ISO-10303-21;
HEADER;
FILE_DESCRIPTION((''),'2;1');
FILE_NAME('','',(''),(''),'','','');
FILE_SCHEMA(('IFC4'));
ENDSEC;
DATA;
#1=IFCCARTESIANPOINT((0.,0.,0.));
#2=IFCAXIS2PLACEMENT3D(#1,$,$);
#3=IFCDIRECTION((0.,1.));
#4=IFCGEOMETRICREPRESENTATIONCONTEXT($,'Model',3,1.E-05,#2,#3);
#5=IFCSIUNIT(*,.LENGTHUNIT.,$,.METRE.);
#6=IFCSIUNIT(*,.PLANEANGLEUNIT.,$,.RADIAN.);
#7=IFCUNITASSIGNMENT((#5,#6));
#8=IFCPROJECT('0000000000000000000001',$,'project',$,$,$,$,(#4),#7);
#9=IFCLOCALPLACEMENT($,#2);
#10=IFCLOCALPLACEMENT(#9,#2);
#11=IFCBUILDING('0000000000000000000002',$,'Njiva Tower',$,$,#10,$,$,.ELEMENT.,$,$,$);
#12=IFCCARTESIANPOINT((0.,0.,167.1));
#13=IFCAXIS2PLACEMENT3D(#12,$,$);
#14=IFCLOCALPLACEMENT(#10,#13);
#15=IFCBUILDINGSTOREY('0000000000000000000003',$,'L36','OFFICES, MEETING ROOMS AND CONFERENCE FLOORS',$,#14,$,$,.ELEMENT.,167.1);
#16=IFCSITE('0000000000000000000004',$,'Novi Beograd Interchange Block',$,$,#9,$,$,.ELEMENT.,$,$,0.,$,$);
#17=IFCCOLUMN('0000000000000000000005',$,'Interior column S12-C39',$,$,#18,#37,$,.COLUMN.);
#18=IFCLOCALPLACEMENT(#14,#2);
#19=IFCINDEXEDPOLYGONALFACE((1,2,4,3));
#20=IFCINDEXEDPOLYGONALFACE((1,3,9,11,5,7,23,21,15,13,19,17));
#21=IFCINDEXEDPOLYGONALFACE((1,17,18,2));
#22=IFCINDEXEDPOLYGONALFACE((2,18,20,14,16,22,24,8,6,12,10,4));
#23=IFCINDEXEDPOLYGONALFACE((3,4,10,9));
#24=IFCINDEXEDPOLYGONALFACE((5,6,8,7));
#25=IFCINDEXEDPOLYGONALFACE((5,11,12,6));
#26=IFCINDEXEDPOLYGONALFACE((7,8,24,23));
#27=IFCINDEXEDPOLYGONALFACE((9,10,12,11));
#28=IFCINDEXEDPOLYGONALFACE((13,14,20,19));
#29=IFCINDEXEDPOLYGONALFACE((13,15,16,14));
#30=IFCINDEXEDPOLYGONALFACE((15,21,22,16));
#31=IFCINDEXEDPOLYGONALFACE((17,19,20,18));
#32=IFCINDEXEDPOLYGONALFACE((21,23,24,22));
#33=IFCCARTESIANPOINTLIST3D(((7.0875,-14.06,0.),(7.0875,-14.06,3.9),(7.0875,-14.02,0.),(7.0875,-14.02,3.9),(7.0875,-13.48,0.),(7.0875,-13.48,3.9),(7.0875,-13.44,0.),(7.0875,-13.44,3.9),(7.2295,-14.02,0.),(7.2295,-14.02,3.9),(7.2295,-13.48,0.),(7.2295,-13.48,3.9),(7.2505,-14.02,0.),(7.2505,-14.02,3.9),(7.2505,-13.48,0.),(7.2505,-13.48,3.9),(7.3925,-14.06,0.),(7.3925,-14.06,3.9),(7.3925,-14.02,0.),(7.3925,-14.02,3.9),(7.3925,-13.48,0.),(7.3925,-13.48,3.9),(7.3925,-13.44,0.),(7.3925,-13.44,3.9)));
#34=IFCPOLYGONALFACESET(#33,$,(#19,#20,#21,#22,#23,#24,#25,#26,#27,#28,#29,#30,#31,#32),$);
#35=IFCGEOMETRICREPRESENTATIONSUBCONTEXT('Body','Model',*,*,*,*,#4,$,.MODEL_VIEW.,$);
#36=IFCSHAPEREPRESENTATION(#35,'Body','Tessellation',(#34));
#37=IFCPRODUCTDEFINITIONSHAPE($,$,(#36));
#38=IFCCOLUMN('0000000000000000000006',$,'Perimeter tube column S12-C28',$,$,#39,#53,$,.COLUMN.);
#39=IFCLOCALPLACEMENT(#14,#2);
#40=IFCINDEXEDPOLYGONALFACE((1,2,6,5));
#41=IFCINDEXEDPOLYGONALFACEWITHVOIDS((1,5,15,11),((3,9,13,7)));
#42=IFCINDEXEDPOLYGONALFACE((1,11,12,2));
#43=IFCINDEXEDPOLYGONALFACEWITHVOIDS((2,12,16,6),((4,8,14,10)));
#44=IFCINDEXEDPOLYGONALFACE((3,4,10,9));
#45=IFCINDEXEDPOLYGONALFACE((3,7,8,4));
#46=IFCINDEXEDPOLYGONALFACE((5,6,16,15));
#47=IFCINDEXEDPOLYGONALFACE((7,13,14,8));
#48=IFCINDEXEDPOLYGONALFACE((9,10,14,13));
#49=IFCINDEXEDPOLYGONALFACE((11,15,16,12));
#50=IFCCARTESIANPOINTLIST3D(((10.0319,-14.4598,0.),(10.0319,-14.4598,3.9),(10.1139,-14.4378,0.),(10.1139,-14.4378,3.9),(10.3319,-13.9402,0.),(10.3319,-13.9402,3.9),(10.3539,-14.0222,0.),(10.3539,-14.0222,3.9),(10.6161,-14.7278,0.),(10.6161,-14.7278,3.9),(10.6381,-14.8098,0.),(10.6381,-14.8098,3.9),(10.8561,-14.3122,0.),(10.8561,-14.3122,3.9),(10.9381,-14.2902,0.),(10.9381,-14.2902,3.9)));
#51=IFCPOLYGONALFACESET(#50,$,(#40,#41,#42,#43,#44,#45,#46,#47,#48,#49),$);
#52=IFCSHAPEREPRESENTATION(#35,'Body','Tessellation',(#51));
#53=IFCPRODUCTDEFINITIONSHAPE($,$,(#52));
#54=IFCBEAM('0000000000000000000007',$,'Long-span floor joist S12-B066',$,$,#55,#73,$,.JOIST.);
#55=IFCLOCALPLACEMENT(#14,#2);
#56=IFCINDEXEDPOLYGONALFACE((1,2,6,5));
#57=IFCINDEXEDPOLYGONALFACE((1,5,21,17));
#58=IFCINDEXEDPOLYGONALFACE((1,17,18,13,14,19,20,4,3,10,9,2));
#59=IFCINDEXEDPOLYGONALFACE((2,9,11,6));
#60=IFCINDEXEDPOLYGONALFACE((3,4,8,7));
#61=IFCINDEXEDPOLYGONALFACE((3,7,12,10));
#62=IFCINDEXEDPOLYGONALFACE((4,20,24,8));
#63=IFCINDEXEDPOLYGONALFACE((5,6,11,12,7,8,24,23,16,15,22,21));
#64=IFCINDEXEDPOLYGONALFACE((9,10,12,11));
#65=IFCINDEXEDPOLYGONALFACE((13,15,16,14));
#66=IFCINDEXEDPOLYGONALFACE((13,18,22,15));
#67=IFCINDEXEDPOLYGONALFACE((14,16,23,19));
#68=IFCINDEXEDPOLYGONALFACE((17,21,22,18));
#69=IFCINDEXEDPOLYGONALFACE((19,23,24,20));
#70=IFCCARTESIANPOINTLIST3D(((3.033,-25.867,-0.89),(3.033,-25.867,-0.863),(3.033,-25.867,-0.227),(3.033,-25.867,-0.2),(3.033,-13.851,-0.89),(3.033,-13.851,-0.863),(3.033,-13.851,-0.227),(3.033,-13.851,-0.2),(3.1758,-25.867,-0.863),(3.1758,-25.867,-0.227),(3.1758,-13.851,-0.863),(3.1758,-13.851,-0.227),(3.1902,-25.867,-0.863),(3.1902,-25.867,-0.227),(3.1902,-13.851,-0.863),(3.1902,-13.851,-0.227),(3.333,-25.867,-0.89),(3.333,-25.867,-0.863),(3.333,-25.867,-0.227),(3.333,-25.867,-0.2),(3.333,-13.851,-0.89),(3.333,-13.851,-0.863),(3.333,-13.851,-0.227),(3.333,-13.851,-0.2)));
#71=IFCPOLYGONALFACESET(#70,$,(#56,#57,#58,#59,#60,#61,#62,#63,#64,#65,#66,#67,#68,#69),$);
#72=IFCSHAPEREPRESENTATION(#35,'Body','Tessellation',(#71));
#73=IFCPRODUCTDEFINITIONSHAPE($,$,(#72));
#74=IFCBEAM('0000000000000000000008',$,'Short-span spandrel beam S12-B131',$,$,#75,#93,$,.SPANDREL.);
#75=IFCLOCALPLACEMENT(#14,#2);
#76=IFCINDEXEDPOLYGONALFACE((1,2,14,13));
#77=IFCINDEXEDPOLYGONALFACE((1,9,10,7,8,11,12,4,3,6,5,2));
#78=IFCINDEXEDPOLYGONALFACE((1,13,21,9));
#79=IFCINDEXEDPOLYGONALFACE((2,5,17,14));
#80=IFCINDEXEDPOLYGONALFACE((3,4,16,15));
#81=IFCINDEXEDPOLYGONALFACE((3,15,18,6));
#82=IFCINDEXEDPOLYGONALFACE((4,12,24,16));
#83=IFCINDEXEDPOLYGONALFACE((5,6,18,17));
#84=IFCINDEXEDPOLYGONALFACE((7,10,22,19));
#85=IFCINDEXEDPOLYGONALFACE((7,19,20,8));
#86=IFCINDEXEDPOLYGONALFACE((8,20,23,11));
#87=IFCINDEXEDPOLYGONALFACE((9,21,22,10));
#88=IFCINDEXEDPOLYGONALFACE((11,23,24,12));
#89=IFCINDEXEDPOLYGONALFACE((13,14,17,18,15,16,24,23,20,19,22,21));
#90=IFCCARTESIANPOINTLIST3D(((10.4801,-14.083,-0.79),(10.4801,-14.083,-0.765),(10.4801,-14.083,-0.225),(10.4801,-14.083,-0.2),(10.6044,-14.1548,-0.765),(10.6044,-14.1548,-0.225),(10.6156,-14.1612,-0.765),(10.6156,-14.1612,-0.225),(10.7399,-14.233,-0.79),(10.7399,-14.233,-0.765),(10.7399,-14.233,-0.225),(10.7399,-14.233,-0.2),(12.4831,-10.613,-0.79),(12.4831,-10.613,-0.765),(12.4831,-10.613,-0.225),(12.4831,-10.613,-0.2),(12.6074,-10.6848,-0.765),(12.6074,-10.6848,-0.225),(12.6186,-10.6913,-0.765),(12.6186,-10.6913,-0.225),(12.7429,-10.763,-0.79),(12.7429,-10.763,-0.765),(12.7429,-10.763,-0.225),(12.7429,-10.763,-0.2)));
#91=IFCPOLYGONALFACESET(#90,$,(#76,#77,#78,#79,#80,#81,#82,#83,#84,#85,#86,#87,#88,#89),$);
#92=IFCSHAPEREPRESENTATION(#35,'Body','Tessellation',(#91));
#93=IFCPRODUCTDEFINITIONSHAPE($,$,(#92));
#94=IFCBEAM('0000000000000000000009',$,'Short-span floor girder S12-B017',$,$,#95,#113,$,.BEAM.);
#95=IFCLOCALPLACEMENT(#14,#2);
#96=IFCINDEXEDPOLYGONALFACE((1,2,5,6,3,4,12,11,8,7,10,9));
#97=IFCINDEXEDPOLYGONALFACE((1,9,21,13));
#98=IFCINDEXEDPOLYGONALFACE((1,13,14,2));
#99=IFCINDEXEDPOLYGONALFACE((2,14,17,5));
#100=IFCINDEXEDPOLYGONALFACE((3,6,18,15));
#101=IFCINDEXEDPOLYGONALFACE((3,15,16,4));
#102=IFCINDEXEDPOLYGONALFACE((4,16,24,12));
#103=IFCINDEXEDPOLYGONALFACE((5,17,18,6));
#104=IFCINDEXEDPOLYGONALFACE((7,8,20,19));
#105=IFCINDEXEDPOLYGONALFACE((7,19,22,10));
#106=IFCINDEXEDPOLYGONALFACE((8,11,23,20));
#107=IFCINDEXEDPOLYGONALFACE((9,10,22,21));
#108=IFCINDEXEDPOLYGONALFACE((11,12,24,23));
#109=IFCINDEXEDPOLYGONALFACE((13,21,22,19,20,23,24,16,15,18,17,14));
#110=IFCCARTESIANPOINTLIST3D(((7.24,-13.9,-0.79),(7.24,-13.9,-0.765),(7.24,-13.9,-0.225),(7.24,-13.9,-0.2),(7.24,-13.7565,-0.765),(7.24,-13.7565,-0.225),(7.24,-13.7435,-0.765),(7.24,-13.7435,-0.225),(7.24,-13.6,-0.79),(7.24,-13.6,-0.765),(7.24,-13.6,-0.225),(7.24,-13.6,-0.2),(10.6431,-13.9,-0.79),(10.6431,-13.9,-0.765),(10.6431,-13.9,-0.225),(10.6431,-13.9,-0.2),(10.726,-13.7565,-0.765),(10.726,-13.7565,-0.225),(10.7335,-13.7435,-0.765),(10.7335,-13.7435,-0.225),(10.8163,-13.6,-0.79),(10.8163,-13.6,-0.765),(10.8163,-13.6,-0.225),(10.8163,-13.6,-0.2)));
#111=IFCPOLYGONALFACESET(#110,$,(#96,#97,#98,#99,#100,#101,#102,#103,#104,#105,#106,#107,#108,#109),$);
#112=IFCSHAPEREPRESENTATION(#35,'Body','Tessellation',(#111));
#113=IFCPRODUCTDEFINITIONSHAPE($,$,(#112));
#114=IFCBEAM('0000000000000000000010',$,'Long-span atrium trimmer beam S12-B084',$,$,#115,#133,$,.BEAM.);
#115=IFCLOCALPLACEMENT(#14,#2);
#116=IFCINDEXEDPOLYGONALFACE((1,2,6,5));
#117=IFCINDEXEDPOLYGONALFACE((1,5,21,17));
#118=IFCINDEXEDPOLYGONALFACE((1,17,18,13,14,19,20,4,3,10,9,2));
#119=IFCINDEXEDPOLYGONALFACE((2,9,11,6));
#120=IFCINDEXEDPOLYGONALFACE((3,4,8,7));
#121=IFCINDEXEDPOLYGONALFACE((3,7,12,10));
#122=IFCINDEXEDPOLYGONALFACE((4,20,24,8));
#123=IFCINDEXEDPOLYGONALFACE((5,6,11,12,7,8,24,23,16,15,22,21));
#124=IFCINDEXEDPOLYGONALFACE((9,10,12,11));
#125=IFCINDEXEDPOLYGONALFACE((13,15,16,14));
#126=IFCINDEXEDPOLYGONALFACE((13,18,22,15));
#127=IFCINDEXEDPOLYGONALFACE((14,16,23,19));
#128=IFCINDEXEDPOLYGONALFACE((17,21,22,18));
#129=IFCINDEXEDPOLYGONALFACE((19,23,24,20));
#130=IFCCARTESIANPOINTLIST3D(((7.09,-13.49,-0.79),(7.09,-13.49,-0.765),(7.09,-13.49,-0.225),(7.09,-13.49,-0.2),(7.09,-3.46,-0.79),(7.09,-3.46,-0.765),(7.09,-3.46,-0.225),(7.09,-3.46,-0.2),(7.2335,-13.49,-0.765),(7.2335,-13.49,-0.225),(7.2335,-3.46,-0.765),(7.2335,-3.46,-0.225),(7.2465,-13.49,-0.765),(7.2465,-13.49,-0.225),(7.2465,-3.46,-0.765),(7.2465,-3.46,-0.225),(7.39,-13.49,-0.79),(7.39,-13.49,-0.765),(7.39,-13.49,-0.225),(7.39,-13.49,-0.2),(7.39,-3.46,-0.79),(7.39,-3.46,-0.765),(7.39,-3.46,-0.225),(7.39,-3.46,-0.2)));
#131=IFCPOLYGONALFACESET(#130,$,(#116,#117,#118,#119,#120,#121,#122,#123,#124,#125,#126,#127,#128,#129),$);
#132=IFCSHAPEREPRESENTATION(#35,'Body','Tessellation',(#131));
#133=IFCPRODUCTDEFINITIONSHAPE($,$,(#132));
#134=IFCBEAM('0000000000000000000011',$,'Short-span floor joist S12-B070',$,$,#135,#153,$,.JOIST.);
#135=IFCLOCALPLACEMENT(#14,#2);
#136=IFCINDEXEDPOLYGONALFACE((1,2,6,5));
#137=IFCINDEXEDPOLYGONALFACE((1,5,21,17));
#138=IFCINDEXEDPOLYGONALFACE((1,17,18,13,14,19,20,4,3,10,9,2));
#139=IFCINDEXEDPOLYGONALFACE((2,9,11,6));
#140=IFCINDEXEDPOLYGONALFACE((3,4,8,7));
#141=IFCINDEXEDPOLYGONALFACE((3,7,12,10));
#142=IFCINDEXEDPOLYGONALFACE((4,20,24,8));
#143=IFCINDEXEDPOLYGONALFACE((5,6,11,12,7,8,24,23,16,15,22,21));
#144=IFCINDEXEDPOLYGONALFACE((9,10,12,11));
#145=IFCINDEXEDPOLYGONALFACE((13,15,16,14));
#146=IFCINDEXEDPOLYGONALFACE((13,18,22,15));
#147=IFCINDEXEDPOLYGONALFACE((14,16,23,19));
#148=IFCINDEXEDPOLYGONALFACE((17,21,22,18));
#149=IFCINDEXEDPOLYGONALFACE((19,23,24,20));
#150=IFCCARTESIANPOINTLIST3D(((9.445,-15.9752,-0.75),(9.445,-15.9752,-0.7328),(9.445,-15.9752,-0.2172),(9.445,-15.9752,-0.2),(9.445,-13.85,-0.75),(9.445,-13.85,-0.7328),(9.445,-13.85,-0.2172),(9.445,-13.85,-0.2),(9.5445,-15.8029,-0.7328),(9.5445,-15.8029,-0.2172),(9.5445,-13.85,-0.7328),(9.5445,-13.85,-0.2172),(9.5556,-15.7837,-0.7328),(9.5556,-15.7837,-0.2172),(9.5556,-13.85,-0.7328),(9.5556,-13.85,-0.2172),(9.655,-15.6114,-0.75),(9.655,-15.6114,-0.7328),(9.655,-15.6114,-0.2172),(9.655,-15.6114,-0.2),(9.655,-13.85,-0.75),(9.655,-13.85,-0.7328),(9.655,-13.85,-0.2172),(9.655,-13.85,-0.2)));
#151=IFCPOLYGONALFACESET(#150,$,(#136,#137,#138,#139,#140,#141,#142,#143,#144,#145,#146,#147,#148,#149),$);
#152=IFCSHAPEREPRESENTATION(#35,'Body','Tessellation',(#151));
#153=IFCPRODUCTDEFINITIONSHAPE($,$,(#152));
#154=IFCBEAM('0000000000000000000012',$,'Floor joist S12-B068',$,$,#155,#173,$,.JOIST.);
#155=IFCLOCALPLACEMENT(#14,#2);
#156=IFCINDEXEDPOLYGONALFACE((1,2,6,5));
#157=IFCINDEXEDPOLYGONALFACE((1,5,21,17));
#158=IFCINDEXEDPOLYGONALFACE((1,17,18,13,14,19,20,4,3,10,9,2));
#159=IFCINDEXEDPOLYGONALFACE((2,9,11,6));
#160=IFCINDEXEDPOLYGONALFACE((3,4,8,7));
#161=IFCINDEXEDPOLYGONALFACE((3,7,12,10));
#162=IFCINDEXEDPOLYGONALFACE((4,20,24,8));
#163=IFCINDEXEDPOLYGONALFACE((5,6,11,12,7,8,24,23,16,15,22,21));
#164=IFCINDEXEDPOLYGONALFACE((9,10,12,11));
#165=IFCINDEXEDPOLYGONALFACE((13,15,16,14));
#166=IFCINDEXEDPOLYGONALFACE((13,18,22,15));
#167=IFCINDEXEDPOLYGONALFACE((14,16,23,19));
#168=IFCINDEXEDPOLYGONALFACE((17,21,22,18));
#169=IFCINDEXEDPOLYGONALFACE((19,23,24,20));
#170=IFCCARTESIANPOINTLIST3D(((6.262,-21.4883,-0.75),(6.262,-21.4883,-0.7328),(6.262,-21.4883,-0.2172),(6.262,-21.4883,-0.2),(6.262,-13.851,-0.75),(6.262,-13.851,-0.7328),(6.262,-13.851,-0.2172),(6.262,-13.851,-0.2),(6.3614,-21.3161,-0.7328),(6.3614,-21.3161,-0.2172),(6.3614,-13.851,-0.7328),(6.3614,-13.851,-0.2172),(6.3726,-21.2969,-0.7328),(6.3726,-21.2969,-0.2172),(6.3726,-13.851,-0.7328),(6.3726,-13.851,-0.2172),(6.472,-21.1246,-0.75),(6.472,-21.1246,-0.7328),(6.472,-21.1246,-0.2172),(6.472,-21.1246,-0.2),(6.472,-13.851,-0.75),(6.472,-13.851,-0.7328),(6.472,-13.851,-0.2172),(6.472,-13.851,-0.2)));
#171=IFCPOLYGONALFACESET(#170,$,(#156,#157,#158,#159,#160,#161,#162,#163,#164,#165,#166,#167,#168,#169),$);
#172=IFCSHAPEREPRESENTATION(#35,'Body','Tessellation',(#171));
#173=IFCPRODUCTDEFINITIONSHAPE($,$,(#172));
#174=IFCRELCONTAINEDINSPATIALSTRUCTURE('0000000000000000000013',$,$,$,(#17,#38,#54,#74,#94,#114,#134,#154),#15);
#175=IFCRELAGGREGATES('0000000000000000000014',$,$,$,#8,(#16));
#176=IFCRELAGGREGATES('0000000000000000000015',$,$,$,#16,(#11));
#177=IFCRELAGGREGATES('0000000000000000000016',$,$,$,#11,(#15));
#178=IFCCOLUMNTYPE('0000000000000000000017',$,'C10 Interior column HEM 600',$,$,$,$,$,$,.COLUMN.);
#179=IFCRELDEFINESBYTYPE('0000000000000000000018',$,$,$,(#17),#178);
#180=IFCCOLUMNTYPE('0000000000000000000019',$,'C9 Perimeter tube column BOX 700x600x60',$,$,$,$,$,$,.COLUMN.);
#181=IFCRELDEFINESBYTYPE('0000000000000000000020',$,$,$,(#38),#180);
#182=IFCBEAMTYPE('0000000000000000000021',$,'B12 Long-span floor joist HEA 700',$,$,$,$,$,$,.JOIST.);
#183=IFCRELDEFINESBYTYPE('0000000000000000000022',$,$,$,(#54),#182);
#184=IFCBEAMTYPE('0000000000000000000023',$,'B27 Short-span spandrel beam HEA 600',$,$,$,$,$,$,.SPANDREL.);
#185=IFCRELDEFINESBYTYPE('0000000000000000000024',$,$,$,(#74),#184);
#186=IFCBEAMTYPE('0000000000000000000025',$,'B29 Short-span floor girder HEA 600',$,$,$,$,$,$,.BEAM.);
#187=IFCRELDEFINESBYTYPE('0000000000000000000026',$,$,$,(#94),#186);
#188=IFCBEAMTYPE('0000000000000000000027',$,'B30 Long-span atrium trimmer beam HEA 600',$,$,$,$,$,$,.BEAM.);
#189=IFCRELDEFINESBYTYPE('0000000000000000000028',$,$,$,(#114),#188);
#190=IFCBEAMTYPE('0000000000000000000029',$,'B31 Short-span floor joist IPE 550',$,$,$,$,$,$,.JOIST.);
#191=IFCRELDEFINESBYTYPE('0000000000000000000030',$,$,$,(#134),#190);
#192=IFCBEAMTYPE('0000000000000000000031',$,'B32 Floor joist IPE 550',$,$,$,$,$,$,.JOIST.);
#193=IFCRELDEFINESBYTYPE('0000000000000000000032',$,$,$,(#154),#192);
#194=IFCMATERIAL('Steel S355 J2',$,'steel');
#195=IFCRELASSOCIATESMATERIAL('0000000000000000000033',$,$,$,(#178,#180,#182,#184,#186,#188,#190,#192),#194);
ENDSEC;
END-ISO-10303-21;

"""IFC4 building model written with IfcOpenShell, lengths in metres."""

from ifc_helpers import new_model, si_unit, direction, frame, origin, origin_2d, place, context, subcontext, project, spatial, hollow_rectangle, i_section, extrude, clip, halfspace, material, material_profile, profile_set, type_object, element, save


model = new_model("IFC4")

# Units and contexts
model_context = context("Model", 3, precision=1e-05, world=origin(), true_north=direction((0.0, 1.0)))
body_context = subcontext(model_context, "Body", "Model", "MODEL_VIEW")
ifc_project = project(units=[si_unit("LENGTHUNIT", "METRE"), si_unit("PLANEANGLEUNIT", "RADIAN")], contexts=[model_context])

# Site, building, storey
site_placement = place(None, origin())
site = spatial("IfcSite", under=ifc_project, at=site_placement, Name="Novi Beograd Interchange Block", CompositionType="ELEMENT", RefElevation=0.0)
building_placement = place(site_placement, origin())
building = spatial("IfcBuilding", under=site, at=building_placement, Name="Njiva Tower", CompositionType="ELEMENT")
storey_placement = place(building_placement, frame((0.0, 0.0, 167.1)))
storey = spatial("IfcBuildingStorey", under=building, at=storey_placement, Name="L36", Description="OFFICES, MEETING ROOMS AND CONFERENCE FLOORS", CompositionType="ELEMENT", Elevation=167.1)

# Columns
ifc_material_1 = material(Name="Steel S355 J2", Category="steel")
ifc_material_profile_1 = material_profile(ifc_material_1, i_section(OverallWidth=0.305, OverallDepth=0.62, WebThickness=0.021, FlangeThickness=0.04, at=origin_2d()), Name="HEM 600")
ifc_profile_set_1 = profile_set([ifc_material_profile_1], Name="Steel S355 J2")
column_type_1 = type_object("IfcColumnType", Name="C10 Interior column HEM 600", PredefinedType="COLUMN", material=ifc_profile_set_1)
column_1_placement = place(storey_placement, frame((7.24, -13.75, 0.0), z_axis=(0.0, 0.0, 1.0), x_axis=(1.0, 0.0, 0.0)))
element("IfcColumn", 1, at=column_1_placement, inside=storey, type_object=column_type_1, Name="Interior column S12-C39", PredefinedType="COLUMN", context=body_context, shape_type="SweptSolid", body=[
    extrude(i_section(OverallWidth=0.305, OverallDepth=0.62, WebThickness=0.021, FlangeThickness=0.04, at=origin_2d()), origin(), (0.0, 0.0, 1.0), 3.9),
])
ifc_material_profile_2 = material_profile(ifc_material_1, hollow_rectangle(XDim=0.6, YDim=0.7, WallThickness=0.06, at=origin_2d()), Name="BOX 700x600x60")
ifc_profile_set_2 = profile_set([ifc_material_profile_2], Name="Steel S355 J2")
column_type_2 = type_object("IfcColumnType", Name="C9 Perimeter tube column BOX 700x600x60", PredefinedType="COLUMN", material=ifc_profile_set_2)
column_2_placement = place(storey_placement, frame((10.485, -14.375, 0.0), z_axis=(0.0, 0.0, 1.0), x_axis=(0.5, 0.866025, 0.0)))
element("IfcColumn", 2, at=column_2_placement, inside=storey, type_object=column_type_2, Name="Perimeter tube column S12-C28", PredefinedType="COLUMN", context=body_context, shape_type="SweptSolid", body=[
    extrude(hollow_rectangle(XDim=0.6, YDim=0.7, WallThickness=0.06, at=origin_2d()), origin(), (0.0, 0.0, 1.0), 3.9),
])

# Beams
ifc_material_profile_3 = material_profile(ifc_material_1, i_section(OverallWidth=0.3, OverallDepth=0.69, WebThickness=0.0145, FlangeThickness=0.027, at=origin_2d()), Name="HEA 700")
ifc_profile_set_3 = profile_set([ifc_material_profile_3], Name="Steel S355 J2")
beam_type_1 = type_object("IfcBeamType", Name="B12 Long-span floor joist HEA 700", PredefinedType="JOIST", material=ifc_profile_set_3)
beam_1_placement = place(storey_placement, frame((3.183, -13.851, -0.545), z_axis=(0.0, -1.0, 0.0), x_axis=(1.0, 0.0, 0.0)))
element("IfcBeam", 3, at=beam_1_placement, inside=storey, type_object=beam_type_1, Name="Long-span floor joist S12-B066", PredefinedType="JOIST", context=body_context, shape_type="SweptSolid", body=[
    extrude(i_section(OverallWidth=0.3, OverallDepth=0.69, WebThickness=0.0145, FlangeThickness=0.027, at=origin_2d()), origin(), (0.0, 0.0, 1.0), 12.016),
])
ifc_material_profile_4 = material_profile(ifc_material_1, i_section(OverallWidth=0.3, OverallDepth=0.59, WebThickness=0.013, FlangeThickness=0.025, at=origin_2d()), Name="HEA 600")
ifc_profile_set_4 = profile_set([ifc_material_profile_4], Name="Steel S355 J2")
beam_type_2 = type_object("IfcBeamType", Name="B27 Short-span spandrel beam HEA 600", PredefinedType="SPANDREL", material=ifc_profile_set_4)
beam_2_placement = place(storey_placement, frame((10.61, -14.158, -0.495), z_axis=(0.499924, 0.866069, 0.0), x_axis=(-0.866069, 0.499924, 0.0)))
element("IfcBeam", 4, at=beam_2_placement, inside=storey, type_object=beam_type_2, Name="Short-span spandrel beam S12-B131", PredefinedType="SPANDREL", context=body_context, shape_type="SweptSolid", body=[
    extrude(i_section(OverallWidth=0.3, OverallDepth=0.59, WebThickness=0.013, FlangeThickness=0.025, at=origin_2d()), origin(), (0.0, 0.0, 1.0), 4.0066),
])
ifc_material_profile_5 = material_profile(ifc_material_1, i_section(OverallWidth=0.3, OverallDepth=0.59, WebThickness=0.013, FlangeThickness=0.025, at=origin_2d()), Name="HEA 600")
ifc_profile_set_5 = profile_set([ifc_material_profile_5], Name="Steel S355 J2")
beam_type_3 = type_object("IfcBeamType", Name="B29 Short-span floor girder HEA 600", PredefinedType="BEAM", material=ifc_profile_set_5)
beam_3_placement = place(storey_placement, frame((7.24, -13.75, -0.495), z_axis=(1.0, 0.0, 0.0), x_axis=(0.0, 1.0, 0.0)))
element("IfcBeam", 5, at=beam_3_placement, inside=storey, type_object=beam_type_3, Name="Short-span floor girder S12-B017", PredefinedType="BEAM", context=body_context, shape_type="Clipping", body=[
    clip(extrude(i_section(OverallWidth=0.3, OverallDepth=0.59, WebThickness=0.013, FlangeThickness=0.025, at=origin_2d()), origin(), (0.0, 0.0, 1.0), 3.597), halfspace(frame((-0.025, 0.0, 3.4753), z_axis=(-0.499998, 0.0, 0.866027), x_axis=(0.0, 1.0, 0.0)), False)),
])
ifc_material_profile_6 = material_profile(ifc_material_1, i_section(OverallWidth=0.3, OverallDepth=0.59, WebThickness=0.013, FlangeThickness=0.025, at=origin_2d()), Name="HEA 600")
ifc_profile_set_6 = profile_set([ifc_material_profile_6], Name="Steel S355 J2")
beam_type_4 = type_object("IfcBeamType", Name="B30 Long-span atrium trimmer beam HEA 600", PredefinedType="BEAM", material=ifc_profile_set_6)
beam_4_placement = place(storey_placement, frame((7.24, -13.49, -0.495), z_axis=(0.0, 1.0, 0.0), x_axis=(-1.0, 0.0, 0.0)))
element("IfcBeam", 6, at=beam_4_placement, inside=storey, type_object=beam_type_4, Name="Long-span atrium trimmer beam S12-B084", PredefinedType="BEAM", context=body_context, shape_type="SweptSolid", body=[
    extrude(i_section(OverallWidth=0.3, OverallDepth=0.59, WebThickness=0.013, FlangeThickness=0.025, at=origin_2d()), origin(), (0.0, 0.0, 1.0), 10.03),
])
ifc_material_profile_7 = material_profile(ifc_material_1, i_section(OverallWidth=0.21, OverallDepth=0.55, WebThickness=0.0111, FlangeThickness=0.0172, at=origin_2d()), Name="IPE 550")
ifc_profile_set_7 = profile_set([ifc_material_profile_7], Name="Steel S355 J2")
beam_type_5 = type_object("IfcBeamType", Name="B31 Short-span floor joist IPE 550", PredefinedType="JOIST", material=ifc_profile_set_7)
beam_5_placement = place(storey_placement, frame((9.55, -13.85, -0.475), z_axis=(0.0, -1.0, 0.0), x_axis=(1.0, 0.0, 0.0)))
element("IfcBeam", 7, at=beam_5_placement, inside=storey, type_object=beam_type_5, Name="Short-span floor joist S12-B070", PredefinedType="JOIST", context=body_context, shape_type="Clipping", body=[
    clip(extrude(i_section(OverallWidth=0.21, OverallDepth=0.55, WebThickness=0.0111, FlangeThickness=0.0172, at=origin_2d()), origin(), (0.0, 0.0, 1.0), 2.145), halfspace(frame((0.0433, 0.0, 1.8683), z_axis=(0.866027, 0.0, 0.499998), x_axis=(0.0, 1.0, 0.0)), False)),
])
ifc_material_profile_8 = material_profile(ifc_material_1, i_section(OverallWidth=0.21, OverallDepth=0.55, WebThickness=0.0111, FlangeThickness=0.0172, at=origin_2d()), Name="IPE 550")
ifc_profile_set_8 = profile_set([ifc_material_profile_8], Name="Steel S355 J2")
beam_type_6 = type_object("IfcBeamType", Name="B32 Floor joist IPE 550", PredefinedType="JOIST", material=ifc_profile_set_8)
beam_6_placement = place(storey_placement, frame((6.367, -13.851, -0.475), z_axis=(0.0, -1.0, 0.0), x_axis=(1.0, 0.0, 0.0)))
element("IfcBeam", 8, at=beam_6_placement, inside=storey, type_object=beam_type_6, Name="Floor joist S12-B068", PredefinedType="JOIST", context=body_context, shape_type="Clipping", body=[
    clip(extrude(i_section(OverallWidth=0.21, OverallDepth=0.55, WebThickness=0.0111, FlangeThickness=0.0172, at=origin_2d()), origin(), (0.0, 0.0, 1.0), 7.658), halfspace(frame((0.043, 0.0, 7.381), z_axis=(0.866027, 0.0, 0.499998), x_axis=(0.0, 1.0, 0.0)), False)),
])

save(model, "model.ifc")
